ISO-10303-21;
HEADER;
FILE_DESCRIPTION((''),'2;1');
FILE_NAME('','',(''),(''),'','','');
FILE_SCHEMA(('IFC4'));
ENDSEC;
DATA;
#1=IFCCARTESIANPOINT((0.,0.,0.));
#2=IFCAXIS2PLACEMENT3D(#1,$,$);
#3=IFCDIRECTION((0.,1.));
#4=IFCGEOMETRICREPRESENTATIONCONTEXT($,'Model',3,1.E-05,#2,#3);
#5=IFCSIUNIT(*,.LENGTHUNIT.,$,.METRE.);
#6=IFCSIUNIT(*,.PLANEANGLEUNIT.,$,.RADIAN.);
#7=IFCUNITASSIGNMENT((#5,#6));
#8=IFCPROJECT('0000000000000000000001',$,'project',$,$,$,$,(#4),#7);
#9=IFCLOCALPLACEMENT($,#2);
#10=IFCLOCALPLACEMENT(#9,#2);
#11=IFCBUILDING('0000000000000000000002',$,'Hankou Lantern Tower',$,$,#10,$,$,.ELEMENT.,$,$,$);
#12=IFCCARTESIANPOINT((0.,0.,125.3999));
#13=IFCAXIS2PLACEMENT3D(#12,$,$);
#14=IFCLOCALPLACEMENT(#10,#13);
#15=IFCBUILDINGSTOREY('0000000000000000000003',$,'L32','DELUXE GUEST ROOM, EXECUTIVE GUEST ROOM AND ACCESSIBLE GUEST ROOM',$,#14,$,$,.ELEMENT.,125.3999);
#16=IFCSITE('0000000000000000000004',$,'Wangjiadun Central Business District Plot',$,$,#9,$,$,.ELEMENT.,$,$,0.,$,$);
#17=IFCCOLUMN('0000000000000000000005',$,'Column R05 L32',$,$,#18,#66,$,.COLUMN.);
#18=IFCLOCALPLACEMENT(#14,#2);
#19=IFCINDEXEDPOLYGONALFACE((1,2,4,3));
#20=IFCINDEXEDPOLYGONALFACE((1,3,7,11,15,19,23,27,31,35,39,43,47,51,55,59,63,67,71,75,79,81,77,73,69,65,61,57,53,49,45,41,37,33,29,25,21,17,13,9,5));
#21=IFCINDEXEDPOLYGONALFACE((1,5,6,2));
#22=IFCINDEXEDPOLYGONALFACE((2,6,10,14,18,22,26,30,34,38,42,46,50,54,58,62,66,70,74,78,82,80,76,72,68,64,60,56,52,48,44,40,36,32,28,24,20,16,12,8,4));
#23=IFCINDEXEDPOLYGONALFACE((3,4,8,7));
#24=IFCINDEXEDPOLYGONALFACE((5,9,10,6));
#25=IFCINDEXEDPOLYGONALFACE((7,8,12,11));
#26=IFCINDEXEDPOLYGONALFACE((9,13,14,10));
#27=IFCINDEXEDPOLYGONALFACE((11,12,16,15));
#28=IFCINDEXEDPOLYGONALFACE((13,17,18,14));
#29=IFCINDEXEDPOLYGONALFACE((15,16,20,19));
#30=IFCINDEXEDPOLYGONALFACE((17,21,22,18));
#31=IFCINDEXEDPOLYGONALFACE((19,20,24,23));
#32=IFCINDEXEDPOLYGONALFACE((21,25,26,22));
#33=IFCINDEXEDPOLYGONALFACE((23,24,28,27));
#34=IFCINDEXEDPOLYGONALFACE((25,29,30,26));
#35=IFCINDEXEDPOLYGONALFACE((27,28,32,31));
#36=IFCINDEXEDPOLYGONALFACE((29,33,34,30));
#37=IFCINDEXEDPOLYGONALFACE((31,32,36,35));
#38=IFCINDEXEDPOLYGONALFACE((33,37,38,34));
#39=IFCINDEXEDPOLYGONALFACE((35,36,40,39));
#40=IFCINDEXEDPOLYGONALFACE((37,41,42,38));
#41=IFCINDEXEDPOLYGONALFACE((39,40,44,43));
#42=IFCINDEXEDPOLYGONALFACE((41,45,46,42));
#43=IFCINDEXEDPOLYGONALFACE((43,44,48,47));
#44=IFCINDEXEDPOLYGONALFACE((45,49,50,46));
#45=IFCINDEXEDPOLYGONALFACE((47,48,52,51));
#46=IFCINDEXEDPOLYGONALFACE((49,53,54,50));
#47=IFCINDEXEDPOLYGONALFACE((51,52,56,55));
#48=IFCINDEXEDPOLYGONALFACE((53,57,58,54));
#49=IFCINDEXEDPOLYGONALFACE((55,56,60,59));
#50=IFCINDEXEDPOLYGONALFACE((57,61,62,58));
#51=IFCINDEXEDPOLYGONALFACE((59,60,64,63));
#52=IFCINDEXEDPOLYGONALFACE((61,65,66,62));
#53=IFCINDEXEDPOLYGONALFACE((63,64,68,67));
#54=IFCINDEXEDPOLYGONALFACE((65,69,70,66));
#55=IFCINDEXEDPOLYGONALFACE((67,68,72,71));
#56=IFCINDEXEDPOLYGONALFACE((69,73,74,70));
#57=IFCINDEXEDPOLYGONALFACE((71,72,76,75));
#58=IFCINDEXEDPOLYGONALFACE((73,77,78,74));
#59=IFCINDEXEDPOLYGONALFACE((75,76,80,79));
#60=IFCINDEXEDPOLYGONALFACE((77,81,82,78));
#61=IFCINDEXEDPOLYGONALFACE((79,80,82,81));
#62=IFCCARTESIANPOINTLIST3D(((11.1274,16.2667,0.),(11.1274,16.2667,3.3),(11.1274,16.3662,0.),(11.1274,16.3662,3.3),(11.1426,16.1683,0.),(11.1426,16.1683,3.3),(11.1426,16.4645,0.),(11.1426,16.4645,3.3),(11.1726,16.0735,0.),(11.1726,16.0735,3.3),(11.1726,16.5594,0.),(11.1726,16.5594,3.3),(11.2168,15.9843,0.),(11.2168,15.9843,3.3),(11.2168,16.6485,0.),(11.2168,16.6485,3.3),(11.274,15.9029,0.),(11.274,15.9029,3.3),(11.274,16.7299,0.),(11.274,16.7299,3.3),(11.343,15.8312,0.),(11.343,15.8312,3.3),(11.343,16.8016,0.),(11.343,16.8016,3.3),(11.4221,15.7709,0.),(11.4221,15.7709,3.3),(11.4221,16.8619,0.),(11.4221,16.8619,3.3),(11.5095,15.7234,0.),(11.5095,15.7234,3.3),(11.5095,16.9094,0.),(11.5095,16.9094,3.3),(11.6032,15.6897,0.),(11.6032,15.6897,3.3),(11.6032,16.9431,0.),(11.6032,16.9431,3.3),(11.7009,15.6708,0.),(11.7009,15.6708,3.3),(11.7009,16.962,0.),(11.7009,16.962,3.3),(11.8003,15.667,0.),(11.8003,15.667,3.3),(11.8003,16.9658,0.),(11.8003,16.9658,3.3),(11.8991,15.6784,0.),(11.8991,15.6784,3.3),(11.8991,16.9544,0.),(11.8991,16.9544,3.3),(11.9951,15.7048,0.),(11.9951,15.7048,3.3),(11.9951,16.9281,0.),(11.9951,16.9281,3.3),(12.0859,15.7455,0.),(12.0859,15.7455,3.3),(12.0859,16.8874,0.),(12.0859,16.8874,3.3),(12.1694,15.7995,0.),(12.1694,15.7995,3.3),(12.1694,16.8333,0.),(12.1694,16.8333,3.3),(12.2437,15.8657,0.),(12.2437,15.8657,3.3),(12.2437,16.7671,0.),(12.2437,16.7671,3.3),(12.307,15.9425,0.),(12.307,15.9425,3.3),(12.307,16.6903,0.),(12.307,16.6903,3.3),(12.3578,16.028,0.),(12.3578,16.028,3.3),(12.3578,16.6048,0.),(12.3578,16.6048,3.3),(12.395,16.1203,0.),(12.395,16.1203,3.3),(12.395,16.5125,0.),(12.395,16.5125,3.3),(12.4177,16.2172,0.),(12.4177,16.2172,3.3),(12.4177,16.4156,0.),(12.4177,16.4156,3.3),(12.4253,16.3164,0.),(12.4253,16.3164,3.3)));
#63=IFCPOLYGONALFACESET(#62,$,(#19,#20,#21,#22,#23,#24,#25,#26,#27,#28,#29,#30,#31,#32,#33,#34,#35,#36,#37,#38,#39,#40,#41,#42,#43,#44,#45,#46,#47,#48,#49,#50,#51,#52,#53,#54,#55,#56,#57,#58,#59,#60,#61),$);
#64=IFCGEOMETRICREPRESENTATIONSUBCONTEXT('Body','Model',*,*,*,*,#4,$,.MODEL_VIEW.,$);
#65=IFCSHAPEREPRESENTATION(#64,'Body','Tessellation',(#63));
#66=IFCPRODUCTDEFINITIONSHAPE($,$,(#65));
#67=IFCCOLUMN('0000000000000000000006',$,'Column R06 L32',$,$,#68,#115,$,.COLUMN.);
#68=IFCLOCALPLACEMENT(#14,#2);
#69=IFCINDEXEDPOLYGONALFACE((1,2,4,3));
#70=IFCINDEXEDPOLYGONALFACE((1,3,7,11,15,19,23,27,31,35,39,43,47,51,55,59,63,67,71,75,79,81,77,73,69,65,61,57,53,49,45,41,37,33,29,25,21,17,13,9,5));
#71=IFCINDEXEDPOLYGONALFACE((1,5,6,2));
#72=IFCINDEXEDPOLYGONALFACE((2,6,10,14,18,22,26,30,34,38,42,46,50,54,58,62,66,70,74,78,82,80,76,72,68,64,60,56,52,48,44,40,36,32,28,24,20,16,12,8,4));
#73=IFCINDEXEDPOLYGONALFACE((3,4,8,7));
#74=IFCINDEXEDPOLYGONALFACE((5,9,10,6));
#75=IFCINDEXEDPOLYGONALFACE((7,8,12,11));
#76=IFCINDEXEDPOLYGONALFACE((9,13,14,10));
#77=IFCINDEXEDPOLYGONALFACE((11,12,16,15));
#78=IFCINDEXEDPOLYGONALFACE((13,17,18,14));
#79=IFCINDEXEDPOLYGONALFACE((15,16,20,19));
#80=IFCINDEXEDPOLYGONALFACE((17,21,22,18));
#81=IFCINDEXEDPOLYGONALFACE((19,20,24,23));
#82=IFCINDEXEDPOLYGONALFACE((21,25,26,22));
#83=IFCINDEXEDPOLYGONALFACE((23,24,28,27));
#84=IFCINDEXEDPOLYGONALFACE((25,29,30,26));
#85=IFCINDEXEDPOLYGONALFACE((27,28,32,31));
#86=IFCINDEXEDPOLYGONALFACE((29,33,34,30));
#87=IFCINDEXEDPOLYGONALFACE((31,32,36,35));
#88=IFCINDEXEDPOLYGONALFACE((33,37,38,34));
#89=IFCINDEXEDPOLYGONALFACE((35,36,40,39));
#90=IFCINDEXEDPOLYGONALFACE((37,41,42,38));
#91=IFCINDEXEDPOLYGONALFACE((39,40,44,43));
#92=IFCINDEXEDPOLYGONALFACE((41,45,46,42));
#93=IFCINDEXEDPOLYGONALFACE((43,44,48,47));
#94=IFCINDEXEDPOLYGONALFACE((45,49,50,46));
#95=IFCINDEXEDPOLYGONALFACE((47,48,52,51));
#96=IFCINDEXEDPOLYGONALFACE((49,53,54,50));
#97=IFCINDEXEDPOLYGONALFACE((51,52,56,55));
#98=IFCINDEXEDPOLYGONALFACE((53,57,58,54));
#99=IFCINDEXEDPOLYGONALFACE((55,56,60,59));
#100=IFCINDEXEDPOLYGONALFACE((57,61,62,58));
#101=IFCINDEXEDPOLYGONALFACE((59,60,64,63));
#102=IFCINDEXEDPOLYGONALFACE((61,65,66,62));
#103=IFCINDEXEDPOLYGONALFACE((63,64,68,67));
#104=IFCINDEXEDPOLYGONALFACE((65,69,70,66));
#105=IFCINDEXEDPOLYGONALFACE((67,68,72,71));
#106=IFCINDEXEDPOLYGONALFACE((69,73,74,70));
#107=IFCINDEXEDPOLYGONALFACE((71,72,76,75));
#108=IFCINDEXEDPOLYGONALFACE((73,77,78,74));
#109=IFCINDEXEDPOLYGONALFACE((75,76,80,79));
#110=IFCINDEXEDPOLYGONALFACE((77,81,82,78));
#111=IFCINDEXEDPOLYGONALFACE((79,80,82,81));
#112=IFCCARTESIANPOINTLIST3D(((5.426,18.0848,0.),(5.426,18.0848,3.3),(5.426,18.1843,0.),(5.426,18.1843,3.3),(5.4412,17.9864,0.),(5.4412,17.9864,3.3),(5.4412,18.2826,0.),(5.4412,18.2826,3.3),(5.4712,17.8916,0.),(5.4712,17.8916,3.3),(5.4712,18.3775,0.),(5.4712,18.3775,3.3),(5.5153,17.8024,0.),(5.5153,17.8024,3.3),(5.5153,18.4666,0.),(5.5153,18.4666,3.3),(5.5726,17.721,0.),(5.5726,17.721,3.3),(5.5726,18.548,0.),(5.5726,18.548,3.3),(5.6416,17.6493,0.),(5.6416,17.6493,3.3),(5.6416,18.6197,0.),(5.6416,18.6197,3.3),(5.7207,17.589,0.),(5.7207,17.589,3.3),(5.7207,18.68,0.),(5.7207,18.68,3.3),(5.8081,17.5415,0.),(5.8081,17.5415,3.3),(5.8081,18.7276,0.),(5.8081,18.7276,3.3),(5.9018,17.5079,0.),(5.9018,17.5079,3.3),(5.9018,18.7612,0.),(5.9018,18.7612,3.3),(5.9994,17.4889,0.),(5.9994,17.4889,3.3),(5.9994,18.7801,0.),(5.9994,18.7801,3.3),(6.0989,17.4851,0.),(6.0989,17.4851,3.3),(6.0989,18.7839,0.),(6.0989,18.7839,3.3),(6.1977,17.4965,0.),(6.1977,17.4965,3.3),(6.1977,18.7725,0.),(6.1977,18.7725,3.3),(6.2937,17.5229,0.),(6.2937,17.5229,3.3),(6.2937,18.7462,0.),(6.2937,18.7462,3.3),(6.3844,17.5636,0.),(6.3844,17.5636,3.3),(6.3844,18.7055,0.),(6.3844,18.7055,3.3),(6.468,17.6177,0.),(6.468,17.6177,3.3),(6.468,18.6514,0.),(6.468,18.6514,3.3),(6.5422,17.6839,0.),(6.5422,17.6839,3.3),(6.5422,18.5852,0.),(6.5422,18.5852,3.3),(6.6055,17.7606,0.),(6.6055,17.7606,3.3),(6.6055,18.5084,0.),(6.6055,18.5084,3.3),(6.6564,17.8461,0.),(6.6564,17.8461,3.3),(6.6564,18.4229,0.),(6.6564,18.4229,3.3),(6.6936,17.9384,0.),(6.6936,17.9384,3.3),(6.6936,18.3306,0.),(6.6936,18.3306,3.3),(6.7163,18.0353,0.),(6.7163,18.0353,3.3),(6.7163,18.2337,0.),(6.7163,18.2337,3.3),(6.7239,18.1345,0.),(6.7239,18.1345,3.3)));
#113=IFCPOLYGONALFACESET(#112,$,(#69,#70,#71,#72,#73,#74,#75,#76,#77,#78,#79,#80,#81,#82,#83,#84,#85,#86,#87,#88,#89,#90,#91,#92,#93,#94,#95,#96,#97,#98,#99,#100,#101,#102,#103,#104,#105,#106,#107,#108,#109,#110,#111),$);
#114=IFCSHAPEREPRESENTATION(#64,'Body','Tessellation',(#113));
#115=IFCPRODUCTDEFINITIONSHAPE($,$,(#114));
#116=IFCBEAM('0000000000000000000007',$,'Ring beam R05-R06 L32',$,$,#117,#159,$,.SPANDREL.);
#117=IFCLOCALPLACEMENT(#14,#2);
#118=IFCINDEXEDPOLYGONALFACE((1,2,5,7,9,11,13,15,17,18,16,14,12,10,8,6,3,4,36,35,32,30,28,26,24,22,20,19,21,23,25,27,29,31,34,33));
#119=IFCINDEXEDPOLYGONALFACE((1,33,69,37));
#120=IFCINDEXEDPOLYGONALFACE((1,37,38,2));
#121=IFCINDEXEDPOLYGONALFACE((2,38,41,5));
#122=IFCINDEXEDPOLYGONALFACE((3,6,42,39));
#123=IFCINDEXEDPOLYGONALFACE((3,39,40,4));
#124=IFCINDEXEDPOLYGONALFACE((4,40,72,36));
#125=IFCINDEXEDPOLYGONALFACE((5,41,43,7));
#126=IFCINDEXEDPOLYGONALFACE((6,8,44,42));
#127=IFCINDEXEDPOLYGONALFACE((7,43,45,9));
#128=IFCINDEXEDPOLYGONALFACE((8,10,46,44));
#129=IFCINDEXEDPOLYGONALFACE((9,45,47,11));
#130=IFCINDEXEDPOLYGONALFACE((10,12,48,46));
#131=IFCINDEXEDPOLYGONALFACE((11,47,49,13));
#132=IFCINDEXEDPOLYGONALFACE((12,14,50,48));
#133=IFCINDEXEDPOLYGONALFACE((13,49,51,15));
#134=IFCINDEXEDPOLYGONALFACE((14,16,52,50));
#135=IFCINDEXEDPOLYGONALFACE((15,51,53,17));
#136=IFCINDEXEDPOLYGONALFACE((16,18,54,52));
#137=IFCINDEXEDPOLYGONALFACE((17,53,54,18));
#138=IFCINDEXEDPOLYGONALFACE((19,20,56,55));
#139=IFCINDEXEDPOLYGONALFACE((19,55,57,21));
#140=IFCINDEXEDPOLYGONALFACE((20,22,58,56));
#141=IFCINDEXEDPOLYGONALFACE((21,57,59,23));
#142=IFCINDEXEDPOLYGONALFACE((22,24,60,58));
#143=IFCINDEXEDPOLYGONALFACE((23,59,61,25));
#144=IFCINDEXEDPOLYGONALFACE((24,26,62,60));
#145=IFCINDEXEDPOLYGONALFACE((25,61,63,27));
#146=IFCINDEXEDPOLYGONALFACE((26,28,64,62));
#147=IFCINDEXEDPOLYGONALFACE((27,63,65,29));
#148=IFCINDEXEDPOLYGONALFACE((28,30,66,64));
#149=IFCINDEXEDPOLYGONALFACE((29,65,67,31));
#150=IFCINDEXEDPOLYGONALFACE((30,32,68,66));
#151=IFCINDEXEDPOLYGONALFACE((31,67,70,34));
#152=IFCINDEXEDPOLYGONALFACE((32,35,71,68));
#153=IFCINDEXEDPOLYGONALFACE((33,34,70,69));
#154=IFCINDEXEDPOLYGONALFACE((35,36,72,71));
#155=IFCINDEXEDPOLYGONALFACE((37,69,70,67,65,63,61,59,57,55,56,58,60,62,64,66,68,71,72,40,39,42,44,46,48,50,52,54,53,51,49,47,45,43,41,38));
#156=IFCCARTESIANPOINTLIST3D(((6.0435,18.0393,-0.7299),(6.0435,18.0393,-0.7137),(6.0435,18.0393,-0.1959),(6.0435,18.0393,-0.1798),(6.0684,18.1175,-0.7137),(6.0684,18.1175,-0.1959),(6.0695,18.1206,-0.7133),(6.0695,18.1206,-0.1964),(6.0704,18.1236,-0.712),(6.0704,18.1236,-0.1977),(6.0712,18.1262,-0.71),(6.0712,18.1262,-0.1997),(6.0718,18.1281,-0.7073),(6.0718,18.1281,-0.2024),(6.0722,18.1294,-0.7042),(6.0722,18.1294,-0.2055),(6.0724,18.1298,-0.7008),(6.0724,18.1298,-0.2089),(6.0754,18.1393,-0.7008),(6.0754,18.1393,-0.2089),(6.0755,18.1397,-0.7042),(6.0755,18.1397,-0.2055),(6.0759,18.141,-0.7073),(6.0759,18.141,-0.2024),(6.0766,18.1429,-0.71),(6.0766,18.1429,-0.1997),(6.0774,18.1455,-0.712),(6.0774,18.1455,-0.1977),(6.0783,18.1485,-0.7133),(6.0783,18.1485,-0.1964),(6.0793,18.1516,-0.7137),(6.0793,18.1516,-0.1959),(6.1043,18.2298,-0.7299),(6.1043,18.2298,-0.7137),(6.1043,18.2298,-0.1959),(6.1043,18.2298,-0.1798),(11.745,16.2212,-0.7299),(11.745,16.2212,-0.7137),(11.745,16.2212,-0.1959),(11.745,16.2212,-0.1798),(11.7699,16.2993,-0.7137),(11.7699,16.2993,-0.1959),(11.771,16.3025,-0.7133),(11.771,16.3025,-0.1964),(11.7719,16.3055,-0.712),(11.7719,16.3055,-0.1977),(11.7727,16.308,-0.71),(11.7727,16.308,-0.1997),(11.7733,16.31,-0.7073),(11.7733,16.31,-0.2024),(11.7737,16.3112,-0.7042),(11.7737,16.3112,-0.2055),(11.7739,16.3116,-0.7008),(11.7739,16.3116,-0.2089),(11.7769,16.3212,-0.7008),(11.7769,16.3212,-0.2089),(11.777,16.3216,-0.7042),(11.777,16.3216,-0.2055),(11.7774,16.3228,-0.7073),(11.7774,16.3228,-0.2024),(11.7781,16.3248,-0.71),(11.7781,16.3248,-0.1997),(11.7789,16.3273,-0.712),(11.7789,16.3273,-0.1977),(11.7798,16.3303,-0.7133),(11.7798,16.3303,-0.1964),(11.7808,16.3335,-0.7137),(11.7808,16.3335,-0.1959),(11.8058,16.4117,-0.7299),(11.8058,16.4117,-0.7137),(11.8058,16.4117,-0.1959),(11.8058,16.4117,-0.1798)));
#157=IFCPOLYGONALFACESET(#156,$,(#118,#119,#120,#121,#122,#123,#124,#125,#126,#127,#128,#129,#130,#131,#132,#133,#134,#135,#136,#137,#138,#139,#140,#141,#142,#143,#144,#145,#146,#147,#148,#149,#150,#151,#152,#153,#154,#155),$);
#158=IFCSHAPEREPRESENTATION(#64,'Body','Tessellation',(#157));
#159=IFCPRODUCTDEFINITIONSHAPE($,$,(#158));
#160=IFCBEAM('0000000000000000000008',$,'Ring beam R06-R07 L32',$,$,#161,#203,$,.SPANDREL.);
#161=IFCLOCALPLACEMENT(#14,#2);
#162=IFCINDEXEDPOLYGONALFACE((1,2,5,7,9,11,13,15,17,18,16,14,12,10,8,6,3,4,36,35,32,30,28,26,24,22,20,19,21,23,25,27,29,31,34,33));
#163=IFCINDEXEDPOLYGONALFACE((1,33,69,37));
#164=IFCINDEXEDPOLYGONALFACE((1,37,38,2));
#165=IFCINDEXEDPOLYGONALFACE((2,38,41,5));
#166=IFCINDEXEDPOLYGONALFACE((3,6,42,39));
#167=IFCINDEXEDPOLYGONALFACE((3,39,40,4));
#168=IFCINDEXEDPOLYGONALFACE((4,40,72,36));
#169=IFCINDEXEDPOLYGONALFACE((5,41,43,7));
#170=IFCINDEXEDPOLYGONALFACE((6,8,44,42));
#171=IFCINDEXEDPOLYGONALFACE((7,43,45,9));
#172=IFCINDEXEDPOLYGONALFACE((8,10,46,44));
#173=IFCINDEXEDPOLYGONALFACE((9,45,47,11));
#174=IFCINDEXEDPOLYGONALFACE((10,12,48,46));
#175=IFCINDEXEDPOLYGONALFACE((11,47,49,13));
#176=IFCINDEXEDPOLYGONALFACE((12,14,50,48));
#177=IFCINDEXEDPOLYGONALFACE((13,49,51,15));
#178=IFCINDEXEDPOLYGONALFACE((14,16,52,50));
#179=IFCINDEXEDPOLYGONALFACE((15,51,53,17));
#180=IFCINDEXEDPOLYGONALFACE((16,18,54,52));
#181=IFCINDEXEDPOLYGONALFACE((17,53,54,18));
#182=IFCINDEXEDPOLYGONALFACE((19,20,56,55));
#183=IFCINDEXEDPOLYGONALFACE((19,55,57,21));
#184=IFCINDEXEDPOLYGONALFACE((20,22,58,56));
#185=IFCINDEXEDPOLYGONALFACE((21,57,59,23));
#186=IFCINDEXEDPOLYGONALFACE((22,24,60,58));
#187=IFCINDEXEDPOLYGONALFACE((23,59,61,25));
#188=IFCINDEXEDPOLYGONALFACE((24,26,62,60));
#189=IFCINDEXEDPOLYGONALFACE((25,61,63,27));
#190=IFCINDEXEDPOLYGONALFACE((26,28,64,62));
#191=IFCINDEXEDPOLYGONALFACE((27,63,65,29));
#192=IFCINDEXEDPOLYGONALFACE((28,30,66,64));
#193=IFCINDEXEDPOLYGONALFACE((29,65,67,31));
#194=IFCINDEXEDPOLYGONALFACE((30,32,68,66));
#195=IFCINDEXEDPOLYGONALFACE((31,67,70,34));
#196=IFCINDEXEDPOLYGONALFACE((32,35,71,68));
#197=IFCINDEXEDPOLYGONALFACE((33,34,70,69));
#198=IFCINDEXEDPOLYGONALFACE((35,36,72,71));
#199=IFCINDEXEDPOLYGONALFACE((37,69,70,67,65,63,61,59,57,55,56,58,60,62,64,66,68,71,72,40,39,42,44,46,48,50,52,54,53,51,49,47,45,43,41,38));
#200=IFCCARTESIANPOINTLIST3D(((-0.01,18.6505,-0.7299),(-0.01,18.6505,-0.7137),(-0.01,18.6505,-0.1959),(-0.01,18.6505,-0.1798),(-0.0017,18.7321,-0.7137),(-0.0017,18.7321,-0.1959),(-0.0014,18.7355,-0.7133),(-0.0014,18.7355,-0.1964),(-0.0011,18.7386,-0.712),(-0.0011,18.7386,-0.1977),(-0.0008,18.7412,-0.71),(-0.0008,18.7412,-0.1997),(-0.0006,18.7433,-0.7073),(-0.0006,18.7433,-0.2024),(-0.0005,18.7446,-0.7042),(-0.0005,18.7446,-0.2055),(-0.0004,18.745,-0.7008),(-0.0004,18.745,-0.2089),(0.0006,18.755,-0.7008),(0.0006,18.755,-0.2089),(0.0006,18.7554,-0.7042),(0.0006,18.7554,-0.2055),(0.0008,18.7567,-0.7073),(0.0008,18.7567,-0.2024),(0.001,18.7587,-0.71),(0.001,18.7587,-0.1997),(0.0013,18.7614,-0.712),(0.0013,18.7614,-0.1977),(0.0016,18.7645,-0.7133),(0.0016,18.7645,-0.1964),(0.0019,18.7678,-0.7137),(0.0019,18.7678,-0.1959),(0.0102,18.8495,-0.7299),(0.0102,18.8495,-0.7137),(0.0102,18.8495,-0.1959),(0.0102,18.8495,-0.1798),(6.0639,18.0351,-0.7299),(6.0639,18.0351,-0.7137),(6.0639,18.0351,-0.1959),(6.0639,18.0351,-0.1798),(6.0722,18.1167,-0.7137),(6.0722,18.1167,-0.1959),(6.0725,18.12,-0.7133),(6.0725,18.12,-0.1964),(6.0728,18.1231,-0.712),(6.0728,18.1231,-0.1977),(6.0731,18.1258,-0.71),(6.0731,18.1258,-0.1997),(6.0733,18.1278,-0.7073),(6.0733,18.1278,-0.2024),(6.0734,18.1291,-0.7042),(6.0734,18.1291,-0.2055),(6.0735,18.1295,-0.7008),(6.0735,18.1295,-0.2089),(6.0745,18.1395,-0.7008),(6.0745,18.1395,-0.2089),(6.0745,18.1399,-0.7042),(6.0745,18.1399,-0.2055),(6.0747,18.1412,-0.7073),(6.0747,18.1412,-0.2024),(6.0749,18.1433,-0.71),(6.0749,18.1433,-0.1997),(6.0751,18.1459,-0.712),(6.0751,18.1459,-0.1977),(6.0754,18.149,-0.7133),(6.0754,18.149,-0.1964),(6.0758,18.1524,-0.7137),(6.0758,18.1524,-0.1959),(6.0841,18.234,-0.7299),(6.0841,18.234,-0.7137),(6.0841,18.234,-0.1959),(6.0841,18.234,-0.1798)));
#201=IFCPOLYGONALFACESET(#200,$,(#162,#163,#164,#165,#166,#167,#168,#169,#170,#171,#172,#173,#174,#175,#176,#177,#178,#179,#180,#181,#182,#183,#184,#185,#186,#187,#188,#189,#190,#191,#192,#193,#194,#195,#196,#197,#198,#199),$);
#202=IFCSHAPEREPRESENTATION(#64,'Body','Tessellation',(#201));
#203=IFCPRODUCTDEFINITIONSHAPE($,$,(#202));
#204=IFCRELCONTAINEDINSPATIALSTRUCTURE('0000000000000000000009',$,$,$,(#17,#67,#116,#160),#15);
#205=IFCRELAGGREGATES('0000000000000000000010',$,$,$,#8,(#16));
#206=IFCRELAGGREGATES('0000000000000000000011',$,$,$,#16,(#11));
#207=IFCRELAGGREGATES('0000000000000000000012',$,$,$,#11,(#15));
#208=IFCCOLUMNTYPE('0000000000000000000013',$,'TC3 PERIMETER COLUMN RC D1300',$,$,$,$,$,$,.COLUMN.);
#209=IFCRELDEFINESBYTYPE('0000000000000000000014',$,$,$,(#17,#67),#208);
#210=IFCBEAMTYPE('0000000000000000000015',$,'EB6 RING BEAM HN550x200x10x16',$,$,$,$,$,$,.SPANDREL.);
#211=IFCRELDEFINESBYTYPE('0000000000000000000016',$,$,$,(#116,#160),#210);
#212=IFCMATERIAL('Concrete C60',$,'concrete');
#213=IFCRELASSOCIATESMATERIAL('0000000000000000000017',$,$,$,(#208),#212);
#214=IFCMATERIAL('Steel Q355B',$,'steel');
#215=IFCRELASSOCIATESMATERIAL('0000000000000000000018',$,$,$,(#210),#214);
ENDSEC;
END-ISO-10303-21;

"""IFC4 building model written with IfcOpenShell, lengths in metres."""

from ifc_helpers import new_model, si_unit, direction, frame, origin, origin_2d, place, context, subcontext, project, spatial, circle, i_section, extrude, material, material_profile, profile_set, type_object, element, save


model = new_model("IFC4")

# Units and contexts
model_context = context("Model", 3, precision=1e-05, world=origin(), true_north=direction((0.0, 1.0)))
body_context = subcontext(model_context, "Body", "Model", "MODEL_VIEW")
ifc_project = project(units=[si_unit("LENGTHUNIT", "METRE"), si_unit("PLANEANGLEUNIT", "RADIAN")], contexts=[model_context])

# Site, building, storey
site_placement = place(None, origin())
site = spatial("IfcSite", under=ifc_project, at=site_placement, Name="Wangjiadun Central Business District Plot", CompositionType="ELEMENT", RefElevation=0.0)
building_placement = place(site_placement, origin())
building = spatial("IfcBuilding", under=site, at=building_placement, Name="Hankou Lantern Tower", CompositionType="ELEMENT")
storey_placement = place(building_placement, frame((0.0, 0.0, 125.3999)))
storey = spatial("IfcBuildingStorey", under=building, at=storey_placement, Name="L32", Description="DELUXE GUEST ROOM, EXECUTIVE GUEST ROOM AND ACCESSIBLE GUEST ROOM", CompositionType="ELEMENT", Elevation=125.3999)

# Columns
ifc_material_1 = material(Name="Concrete C60", Category="concrete")
ifc_material_profile_1 = material_profile(ifc_material_1, circle(Radius=0.6499, at=origin_2d()), Name="RC D1300")
ifc_profile_set_1 = profile_set([ifc_material_profile_1], Name="Concrete C60")
column_type = type_object("IfcColumnType", Name="TC3 PERIMETER COLUMN RC D1300", PredefinedType="COLUMN", material=ifc_profile_set_1)
for number, where, z_axis, x_axis, name in (
    (1, (11.7754, 16.3164, 0.0), (0.0, 0.0, 1.0), (1.0, 0.0, 0.0), "Column R05 L32"),
    (2, (6.074, 18.1345, 0.0), (0.0, 0.0, 1.0), (1.0, 0.0, 0.0), "Column R06 L32"),
):
    element("IfcColumn", number, at=place(storey_placement, frame(where, z_axis=z_axis, x_axis=x_axis)), inside=storey, type_object=column_type, Name=name, PredefinedType="COLUMN", context=body_context, shape_type="SweptSolid", body=[
        extrude(circle(Radius=0.6499, at=origin_2d()), origin(), (0.0, 0.0, 1.0), 3.3),
    ])

# Beams
ifc_material_2 = material(Name="Steel Q355B", Category="steel")
ifc_material_profile_2 = material_profile(ifc_material_2, i_section(OverallWidth=0.2, OverallDepth=0.55, WebThickness=0.01, FlangeThickness=0.0161, FilletRadius=0.0129, at=origin_2d()), Name="HN550x200x10x16")
ifc_profile_set_2 = profile_set([ifc_material_profile_2], Name="Steel Q355B")
beam_type_1 = type_object("IfcBeamType", Name="EB6 RING BEAM HN550x200x10x16", PredefinedType="SPANDREL", material=ifc_profile_set_2)
beam_1_placement = place(storey_placement, frame((11.7754, 16.3164, -0.4548), z_axis=(-0.952731, 0.303815, 0.0), x_axis=(-0.303815, -0.952731, 0.0)))
element("IfcBeam", 3, at=beam_1_placement, inside=storey, type_object=beam_type_1, Name="Ring beam R05-R06 L32", PredefinedType="SPANDREL", context=body_context, shape_type="SweptSolid", body=[
    extrude(i_section(OverallWidth=0.2, OverallDepth=0.55, WebThickness=0.01, FlangeThickness=0.0161, FilletRadius=0.0129, at=origin_2d()), origin(), (0.0, 0.0, 1.0), 5.9844),
])
for number, where, z_axis, x_axis, name in (
    (4, (6.074, 18.1345, -0.4548), (-0.994905, 0.100814, 0.0), (-0.100814, -0.994905, 0.0), "Ring beam R06-R07 L32"),
):
    element("IfcBeam", number, at=place(storey_placement, frame(where, z_axis=z_axis, x_axis=x_axis)), inside=storey, type_object=beam_type_1, Name=name, PredefinedType="SPANDREL", context=body_context, shape_type="SweptSolid", body=[
        extrude(i_section(OverallWidth=0.2, OverallDepth=0.55, WebThickness=0.01, FlangeThickness=0.0161, FilletRadius=0.0129, at=origin_2d()), origin(), (0.0, 0.0, 1.0), 6.105),
    ])

save(model, "model.ifc")
